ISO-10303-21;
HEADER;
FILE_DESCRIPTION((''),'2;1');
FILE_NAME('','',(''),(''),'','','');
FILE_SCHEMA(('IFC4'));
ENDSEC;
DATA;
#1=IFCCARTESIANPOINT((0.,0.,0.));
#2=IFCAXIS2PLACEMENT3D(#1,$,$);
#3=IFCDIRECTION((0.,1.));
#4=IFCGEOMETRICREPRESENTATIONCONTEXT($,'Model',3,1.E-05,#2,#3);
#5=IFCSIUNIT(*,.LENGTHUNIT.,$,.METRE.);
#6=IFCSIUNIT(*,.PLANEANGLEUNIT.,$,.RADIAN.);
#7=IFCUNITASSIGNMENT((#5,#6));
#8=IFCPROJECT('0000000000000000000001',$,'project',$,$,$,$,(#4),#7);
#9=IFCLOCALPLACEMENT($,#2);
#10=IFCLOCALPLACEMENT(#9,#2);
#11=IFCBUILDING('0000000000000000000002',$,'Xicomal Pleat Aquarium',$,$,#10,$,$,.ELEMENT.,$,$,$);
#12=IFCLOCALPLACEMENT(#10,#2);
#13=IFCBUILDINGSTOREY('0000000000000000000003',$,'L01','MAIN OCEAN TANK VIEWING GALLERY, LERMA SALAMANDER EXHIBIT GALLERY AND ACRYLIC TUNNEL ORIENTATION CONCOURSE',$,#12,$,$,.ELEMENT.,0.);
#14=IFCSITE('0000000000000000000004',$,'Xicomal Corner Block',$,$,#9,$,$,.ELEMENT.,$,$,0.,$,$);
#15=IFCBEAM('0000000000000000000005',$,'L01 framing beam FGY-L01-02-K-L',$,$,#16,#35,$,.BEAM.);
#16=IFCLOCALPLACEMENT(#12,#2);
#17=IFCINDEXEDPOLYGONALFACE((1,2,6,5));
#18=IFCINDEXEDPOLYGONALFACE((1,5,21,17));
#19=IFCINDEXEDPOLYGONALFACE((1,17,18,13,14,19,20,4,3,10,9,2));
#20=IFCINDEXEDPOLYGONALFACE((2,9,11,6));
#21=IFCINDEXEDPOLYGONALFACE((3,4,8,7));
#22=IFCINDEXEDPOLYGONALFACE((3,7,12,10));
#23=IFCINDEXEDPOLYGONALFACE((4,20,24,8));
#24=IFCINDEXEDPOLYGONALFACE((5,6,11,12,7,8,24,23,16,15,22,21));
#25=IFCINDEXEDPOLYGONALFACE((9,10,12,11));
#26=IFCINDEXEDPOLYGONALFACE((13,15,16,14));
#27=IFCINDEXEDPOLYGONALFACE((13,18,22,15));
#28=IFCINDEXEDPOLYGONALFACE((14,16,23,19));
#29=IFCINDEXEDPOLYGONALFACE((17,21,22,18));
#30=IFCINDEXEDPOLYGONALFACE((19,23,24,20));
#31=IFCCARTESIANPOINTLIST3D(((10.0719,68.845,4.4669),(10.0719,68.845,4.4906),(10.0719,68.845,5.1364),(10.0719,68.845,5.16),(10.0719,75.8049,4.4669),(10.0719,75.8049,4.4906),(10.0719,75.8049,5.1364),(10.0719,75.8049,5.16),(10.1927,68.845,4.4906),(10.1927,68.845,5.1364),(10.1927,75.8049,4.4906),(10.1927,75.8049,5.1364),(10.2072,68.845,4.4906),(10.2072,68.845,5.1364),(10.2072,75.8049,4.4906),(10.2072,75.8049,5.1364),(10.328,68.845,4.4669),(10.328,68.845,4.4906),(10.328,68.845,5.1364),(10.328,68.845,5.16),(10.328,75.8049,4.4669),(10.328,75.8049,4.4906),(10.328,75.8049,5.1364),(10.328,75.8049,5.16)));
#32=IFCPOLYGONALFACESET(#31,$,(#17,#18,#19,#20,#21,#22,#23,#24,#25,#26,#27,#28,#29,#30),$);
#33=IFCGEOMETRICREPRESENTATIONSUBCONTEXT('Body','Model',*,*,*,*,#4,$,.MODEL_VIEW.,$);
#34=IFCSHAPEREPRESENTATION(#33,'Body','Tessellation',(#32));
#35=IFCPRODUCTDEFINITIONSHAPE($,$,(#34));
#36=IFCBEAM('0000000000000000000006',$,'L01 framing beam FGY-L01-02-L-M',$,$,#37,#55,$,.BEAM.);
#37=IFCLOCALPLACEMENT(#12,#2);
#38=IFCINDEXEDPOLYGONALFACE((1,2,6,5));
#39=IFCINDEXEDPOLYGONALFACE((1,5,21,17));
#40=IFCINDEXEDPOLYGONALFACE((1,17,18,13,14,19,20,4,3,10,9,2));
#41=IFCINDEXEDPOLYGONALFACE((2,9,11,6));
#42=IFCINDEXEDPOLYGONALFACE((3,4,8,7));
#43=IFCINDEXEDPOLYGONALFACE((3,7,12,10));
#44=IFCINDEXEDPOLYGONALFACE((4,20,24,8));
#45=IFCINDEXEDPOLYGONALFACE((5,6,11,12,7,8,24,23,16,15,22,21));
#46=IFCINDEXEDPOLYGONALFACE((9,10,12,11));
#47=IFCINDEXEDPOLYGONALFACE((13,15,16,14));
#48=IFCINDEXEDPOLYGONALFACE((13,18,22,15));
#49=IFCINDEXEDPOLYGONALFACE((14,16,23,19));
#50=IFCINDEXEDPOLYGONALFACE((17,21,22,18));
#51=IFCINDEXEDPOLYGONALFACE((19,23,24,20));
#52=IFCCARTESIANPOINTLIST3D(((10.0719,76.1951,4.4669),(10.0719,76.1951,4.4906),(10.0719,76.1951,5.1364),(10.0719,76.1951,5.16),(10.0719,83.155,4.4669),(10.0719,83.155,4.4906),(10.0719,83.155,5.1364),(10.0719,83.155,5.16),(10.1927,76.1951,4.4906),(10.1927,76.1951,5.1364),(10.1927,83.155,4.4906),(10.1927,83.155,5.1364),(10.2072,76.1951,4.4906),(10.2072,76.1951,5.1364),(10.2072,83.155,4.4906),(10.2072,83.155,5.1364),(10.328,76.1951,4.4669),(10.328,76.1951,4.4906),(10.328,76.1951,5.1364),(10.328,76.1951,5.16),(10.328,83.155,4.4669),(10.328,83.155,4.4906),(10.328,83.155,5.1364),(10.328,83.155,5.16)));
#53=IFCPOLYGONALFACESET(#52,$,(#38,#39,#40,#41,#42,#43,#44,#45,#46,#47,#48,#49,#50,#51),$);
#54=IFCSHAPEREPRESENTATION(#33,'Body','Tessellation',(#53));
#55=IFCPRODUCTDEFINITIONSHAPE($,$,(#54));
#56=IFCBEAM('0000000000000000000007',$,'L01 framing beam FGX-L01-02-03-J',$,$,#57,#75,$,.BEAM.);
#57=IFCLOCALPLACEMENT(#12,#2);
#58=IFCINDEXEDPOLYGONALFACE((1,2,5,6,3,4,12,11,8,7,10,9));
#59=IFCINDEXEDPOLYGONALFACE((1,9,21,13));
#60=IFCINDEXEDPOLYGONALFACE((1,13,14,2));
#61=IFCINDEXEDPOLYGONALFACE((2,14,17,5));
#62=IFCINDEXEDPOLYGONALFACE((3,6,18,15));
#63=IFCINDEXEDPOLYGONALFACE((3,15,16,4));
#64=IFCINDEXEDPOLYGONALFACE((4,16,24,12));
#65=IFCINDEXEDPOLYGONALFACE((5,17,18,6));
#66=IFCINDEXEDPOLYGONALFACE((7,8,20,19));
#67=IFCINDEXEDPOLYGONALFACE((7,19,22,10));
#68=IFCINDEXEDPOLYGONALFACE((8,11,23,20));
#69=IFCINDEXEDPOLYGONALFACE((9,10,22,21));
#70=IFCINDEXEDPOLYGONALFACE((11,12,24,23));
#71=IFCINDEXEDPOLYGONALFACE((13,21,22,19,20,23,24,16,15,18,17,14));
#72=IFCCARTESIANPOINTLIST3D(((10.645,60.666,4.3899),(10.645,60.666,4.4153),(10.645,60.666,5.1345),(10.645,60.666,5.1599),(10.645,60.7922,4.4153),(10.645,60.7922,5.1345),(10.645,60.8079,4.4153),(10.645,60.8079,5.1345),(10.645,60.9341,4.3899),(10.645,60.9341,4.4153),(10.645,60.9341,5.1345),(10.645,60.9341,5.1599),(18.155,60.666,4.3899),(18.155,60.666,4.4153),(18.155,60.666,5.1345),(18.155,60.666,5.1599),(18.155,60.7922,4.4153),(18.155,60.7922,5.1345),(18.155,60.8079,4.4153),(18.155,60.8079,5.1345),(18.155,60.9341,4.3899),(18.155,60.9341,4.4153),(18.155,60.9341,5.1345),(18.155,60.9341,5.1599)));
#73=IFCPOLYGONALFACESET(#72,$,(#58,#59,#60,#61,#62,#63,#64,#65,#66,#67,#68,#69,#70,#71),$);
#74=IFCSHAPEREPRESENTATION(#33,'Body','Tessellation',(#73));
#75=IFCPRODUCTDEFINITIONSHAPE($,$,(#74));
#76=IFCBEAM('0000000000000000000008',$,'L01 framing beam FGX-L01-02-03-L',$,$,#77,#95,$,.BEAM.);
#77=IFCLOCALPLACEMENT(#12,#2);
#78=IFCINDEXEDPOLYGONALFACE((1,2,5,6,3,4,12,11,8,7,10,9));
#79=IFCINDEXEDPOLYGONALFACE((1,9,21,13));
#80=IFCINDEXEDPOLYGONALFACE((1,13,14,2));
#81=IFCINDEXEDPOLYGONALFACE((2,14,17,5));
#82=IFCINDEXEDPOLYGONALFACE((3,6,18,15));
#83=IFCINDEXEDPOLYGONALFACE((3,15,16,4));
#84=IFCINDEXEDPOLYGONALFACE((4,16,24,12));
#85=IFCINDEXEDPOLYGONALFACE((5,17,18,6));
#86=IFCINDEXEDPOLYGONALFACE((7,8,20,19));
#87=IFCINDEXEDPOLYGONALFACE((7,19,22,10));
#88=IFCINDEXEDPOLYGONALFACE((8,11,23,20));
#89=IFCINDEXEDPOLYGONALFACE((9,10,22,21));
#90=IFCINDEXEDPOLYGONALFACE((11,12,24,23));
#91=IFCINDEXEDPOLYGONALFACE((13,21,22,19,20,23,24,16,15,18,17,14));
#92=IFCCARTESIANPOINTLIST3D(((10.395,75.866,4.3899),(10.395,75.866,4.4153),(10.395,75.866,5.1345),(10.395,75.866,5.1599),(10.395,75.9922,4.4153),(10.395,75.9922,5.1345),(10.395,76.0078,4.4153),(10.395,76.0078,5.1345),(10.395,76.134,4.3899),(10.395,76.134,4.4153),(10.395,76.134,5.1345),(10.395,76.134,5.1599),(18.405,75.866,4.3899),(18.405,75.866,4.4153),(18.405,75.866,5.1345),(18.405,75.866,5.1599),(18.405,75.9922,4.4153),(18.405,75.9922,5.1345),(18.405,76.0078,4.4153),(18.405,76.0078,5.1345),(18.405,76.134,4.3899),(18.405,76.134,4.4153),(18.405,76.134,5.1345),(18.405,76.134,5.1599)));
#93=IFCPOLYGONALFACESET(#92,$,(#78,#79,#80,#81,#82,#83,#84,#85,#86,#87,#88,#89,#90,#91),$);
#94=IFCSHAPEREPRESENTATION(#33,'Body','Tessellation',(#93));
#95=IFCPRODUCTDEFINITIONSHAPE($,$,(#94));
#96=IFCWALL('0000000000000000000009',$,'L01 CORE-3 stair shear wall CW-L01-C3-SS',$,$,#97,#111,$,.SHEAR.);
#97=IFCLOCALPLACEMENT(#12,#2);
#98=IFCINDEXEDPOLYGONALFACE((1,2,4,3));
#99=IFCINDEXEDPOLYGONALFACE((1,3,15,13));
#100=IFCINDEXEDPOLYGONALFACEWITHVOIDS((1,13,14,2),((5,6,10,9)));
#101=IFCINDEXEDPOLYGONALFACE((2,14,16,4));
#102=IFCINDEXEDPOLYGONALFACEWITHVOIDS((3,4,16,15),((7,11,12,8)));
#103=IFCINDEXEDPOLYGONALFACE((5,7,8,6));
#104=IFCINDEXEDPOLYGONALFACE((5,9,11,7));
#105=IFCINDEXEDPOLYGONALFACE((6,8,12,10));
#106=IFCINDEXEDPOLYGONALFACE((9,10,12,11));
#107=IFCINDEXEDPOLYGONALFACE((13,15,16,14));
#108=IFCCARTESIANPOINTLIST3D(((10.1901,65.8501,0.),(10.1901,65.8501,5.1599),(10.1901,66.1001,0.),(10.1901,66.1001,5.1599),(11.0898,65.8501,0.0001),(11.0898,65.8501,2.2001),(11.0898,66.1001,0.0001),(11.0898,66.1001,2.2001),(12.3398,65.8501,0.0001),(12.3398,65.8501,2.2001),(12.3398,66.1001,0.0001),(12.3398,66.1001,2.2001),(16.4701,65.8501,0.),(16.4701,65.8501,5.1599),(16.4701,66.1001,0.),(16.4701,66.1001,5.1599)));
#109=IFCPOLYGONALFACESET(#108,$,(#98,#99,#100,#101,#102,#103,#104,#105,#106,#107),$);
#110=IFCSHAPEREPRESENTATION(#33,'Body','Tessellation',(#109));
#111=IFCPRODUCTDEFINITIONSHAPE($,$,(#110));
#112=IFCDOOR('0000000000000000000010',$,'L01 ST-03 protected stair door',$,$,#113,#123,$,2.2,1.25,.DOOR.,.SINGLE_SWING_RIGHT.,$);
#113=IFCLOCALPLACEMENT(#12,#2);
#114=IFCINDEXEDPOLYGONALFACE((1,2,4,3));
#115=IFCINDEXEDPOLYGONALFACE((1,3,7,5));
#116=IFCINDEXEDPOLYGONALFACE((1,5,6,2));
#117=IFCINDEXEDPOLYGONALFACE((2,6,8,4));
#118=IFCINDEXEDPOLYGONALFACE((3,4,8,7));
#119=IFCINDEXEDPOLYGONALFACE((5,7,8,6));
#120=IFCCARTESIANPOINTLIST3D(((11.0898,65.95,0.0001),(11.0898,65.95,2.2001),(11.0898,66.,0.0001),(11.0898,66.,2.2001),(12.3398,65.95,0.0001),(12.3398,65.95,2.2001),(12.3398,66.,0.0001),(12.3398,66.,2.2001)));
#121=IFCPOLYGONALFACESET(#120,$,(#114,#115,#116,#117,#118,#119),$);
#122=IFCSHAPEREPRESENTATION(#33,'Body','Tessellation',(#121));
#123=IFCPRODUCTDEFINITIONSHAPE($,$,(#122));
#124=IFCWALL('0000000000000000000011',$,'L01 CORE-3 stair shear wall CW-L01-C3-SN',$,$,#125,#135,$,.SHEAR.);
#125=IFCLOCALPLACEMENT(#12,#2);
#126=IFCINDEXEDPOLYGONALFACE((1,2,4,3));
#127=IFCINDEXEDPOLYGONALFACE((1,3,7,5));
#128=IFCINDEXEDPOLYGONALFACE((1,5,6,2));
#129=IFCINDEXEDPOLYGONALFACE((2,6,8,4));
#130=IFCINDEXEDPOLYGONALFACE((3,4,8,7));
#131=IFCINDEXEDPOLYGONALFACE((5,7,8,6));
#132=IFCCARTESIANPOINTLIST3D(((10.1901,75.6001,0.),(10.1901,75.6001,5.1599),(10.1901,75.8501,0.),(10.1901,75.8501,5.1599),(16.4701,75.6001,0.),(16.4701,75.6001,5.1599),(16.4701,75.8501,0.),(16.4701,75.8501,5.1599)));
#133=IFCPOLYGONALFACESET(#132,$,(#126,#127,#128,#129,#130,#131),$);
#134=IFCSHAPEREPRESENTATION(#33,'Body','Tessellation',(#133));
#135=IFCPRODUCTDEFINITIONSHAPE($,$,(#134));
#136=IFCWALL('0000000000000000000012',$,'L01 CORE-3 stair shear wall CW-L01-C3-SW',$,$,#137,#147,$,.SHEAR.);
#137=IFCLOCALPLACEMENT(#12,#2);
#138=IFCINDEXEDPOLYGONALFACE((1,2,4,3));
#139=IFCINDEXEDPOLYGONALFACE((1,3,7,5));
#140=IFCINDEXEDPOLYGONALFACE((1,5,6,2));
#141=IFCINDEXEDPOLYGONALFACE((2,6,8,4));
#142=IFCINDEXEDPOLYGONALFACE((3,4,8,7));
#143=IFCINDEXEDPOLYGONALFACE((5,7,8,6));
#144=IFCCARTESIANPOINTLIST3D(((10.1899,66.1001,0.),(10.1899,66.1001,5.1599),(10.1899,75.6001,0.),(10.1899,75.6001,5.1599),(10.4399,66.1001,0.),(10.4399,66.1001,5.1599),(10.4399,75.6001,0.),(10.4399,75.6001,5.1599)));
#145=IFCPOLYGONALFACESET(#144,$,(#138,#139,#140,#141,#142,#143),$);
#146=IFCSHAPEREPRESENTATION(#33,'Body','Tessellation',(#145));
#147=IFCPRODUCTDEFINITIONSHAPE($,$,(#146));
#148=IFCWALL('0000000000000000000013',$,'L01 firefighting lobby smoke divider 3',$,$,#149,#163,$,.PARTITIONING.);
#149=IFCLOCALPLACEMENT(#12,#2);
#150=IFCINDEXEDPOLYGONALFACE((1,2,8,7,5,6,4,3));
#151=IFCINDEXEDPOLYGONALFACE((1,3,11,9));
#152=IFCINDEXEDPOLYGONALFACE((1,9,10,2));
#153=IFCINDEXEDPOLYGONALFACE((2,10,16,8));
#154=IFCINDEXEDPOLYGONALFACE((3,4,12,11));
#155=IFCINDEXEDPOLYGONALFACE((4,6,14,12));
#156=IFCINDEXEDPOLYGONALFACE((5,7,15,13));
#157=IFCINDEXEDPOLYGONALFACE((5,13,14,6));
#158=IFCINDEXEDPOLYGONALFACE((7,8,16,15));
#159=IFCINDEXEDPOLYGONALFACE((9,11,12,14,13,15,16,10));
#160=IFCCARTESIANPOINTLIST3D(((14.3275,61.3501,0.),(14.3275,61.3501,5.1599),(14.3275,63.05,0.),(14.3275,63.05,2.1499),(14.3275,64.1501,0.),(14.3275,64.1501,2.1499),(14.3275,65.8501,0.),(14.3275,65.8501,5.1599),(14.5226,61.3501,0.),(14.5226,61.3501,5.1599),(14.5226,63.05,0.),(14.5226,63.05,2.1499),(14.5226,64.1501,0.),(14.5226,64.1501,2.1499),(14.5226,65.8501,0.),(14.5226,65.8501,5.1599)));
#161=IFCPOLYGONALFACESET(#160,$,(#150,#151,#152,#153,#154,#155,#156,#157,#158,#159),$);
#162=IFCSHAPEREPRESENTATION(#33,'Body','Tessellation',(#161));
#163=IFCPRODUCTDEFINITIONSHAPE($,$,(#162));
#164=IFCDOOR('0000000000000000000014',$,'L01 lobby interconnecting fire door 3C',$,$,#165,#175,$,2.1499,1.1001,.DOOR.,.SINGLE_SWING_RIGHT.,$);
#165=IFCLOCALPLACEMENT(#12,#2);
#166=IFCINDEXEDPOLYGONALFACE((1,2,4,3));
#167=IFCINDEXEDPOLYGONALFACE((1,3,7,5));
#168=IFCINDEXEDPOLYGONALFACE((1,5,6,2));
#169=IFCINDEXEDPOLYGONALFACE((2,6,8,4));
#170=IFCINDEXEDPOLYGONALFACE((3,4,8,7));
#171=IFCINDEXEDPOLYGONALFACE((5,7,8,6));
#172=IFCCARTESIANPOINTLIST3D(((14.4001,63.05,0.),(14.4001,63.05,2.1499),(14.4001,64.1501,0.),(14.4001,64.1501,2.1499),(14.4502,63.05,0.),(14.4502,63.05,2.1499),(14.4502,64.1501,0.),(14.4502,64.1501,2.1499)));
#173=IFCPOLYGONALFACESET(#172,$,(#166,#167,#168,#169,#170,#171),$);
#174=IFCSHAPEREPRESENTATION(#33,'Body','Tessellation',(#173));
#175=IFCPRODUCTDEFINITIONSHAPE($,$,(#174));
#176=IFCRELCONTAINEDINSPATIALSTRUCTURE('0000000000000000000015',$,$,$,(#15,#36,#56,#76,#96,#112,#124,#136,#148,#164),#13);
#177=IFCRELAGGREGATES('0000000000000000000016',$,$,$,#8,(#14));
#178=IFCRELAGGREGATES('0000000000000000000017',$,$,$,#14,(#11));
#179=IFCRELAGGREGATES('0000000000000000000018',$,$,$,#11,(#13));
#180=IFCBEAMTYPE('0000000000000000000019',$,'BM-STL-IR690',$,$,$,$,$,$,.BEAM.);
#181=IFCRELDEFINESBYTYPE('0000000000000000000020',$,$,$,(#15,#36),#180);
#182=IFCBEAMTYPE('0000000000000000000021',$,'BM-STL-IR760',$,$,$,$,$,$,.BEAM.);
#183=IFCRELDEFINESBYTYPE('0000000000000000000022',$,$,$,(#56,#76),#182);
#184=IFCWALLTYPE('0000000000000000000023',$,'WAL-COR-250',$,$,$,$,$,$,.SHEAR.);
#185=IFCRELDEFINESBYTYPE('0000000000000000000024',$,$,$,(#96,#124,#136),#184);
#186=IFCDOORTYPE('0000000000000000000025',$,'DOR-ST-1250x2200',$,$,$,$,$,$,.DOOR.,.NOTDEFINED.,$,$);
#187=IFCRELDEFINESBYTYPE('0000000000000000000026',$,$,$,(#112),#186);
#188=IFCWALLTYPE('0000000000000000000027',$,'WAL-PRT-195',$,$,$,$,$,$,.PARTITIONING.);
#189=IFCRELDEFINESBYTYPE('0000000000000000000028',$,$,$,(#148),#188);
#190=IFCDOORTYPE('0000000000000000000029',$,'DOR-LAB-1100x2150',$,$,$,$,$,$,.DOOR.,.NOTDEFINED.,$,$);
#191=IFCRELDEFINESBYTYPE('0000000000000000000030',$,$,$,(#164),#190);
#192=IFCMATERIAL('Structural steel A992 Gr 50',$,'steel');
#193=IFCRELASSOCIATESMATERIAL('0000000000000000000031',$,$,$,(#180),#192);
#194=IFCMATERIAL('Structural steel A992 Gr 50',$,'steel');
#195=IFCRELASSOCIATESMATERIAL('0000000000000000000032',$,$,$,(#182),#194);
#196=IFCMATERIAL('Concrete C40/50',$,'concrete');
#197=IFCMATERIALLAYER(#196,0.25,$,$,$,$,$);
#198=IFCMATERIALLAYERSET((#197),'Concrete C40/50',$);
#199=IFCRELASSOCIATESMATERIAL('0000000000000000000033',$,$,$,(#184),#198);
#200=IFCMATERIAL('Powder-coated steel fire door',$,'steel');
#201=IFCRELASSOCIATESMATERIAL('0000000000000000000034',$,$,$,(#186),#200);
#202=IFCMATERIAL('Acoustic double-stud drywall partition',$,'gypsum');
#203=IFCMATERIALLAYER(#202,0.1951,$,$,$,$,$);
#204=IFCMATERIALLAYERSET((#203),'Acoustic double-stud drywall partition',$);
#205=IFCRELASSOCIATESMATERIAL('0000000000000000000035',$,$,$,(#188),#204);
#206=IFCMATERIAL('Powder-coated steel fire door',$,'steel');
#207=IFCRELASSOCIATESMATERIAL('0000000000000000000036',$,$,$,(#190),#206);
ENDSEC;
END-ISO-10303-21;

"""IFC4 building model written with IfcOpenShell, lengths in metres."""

from ifc_helpers import new_model, si_unit, direction, frame, frame_2d, origin, origin_2d, place, context, subcontext, project, spatial, rectangle, i_section, extrude, material, layer, layer_set, material_profile, profile_set, type_object, element, fill, save


model = new_model("IFC4")

# Units and contexts
model_context = context("Model", 3, precision=1e-05, world=origin(), true_north=direction((0.0, 1.0)))
body_context = subcontext(model_context, "Body", "Model", "MODEL_VIEW")
ifc_project = project(units=[si_unit("LENGTHUNIT", "METRE"), si_unit("PLANEANGLEUNIT", "RADIAN")], contexts=[model_context])

# Site, building, storey
site_placement = place(None, origin())
site = spatial("IfcSite", under=ifc_project, at=site_placement, Name="Xicomal Corner Block", CompositionType="ELEMENT", RefElevation=0.0)
building_placement = place(site_placement, origin())
building = spatial("IfcBuilding", under=site, at=building_placement, Name="Xicomal Pleat Aquarium", CompositionType="ELEMENT")
storey_placement = place(building_placement, origin())
storey = spatial("IfcBuildingStorey", under=building, at=storey_placement, Name="L01", Description="MAIN OCEAN TANK VIEWING GALLERY, LERMA SALAMANDER EXHIBIT GALLERY AND ACRYLIC TUNNEL ORIENTATION CONCOURSE", CompositionType="ELEMENT", Elevation=0.0)

# Beams
ifc_material_1 = material(Name="Structural steel A992 Gr 50", Category="steel")
ifc_material_profile_1 = material_profile(ifc_material_1, i_section(OverallWidth=0.2561, OverallDepth=0.6931, WebThickness=0.0144, FlangeThickness=0.0237, at=origin_2d()), Name="IR 690x170")
ifc_profile_set_1 = profile_set([ifc_material_profile_1], Name="Structural steel A992 Gr 50")
beam_type_1 = type_object("IfcBeamType", Name="BM-STL-IR690", PredefinedType="BEAM", material=ifc_profile_set_1)
for number, where, z_axis, x_axis, name in (
    (1, (10.2, 68.845, 4.8135), (0.0, 1.0, 0.0), (-1.0, 0.0, 0.0), "L01 framing beam FGY-L01-02-K-L"),
    (2, (10.2, 76.1951, 4.8135), (0.0, 1.0, 0.0), (-1.0, 0.0, 0.0), "L01 framing beam FGY-L01-02-L-M"),
):
    element("IfcBeam", number, at=place(storey_placement, frame(where, z_axis=z_axis, x_axis=x_axis)), inside=storey, type_object=beam_type_1, Name=name, PredefinedType="BEAM", context=body_context, shape_type="SweptSolid", body=[
        extrude(i_section(OverallWidth=0.2561, OverallDepth=0.6931, WebThickness=0.0144, FlangeThickness=0.0237, at=origin_2d()), origin(), (0.0, 0.0, 1.0), 6.96),
    ])
ifc_material_2 = material(Name="Structural steel A992 Gr 50", Category="steel")
ifc_material_profile_2 = material_profile(ifc_material_2, i_section(OverallWidth=0.2681, OverallDepth=0.77, WebThickness=0.0156, FlangeThickness=0.0254, at=origin_2d()), Name="IR 760x196")
ifc_profile_set_2 = profile_set([ifc_material_profile_2], Name="Structural steel A992 Gr 50")
beam_type_2 = type_object("IfcBeamType", Name="BM-STL-IR760", PredefinedType="BEAM", material=ifc_profile_set_2)
beam_1_placement = place(storey_placement, frame((10.645, 60.8, 4.7749), z_axis=(1.0, 0.0, 0.0), x_axis=(0.0, 1.0, 0.0)))
element("IfcBeam", 3, at=beam_1_placement, inside=storey, type_object=beam_type_2, Name="L01 framing beam FGX-L01-02-03-J", PredefinedType="BEAM", context=body_context, shape_type="SweptSolid", body=[
    extrude(i_section(OverallWidth=0.2681, OverallDepth=0.77, WebThickness=0.0156, FlangeThickness=0.0254, at=origin_2d()), origin(), (0.0, 0.0, 1.0), 7.51),
])
beam_2_placement = place(storey_placement, frame((10.395, 76.0, 4.7749), z_axis=(1.0, 0.0, 0.0), x_axis=(0.0, 1.0, 0.0)))
element("IfcBeam", 4, at=beam_2_placement, inside=storey, type_object=beam_type_2, Name="L01 framing beam FGX-L01-02-03-L", PredefinedType="BEAM", context=body_context, shape_type="SweptSolid", body=[
    extrude(i_section(OverallWidth=0.2681, OverallDepth=0.77, WebThickness=0.0156, FlangeThickness=0.0254, at=origin_2d()), origin(), (0.0, 0.0, 1.0), 8.01),
])

# Wall, opening, door
ifc_material_3 = material(Name="Concrete C40/50", Category="concrete")
ifc_layer_1 = layer(ifc_material_3, 0.25)
ifc_layer_set_1 = layer_set([ifc_layer_1], Name="Concrete C40/50")
wall_type_1 = type_object("IfcWallType", Name="WAL-COR-250", PredefinedType="SHEAR", material=ifc_layer_set_1)
wall_1_placement = place(storey_placement, frame((10.1899, 65.9751, 0.0), z_axis=(0.0, 0.0, 1.0), x_axis=(1.0, 0.0, 0.0)))
wall_1 = element("IfcWall", 5, at=wall_1_placement, inside=storey, type_object=wall_type_1, Name="L01 CORE-3 stair shear wall CW-L01-C3-SS", PredefinedType="SHEAR", context=body_context, shape_type="SweptSolid", body=[
    extrude(rectangle(XDim=6.28, YDim=0.25, at=frame_2d((3.1401, 0.0))), origin(), (0.0, 0.0, 1.0), 5.1599),
])
opening_1_placement = place(wall_1_placement, frame((0.8999, 0.0, 0.0)))
opening_1 = element("IfcOpeningElement", 6, at=opening_1_placement, cuts=wall_1, PredefinedType="OPENING", context=body_context, shape_type="SweptSolid", body=[
    extrude(rectangle(XDim=1.25, YDim=2.2, at=frame_2d((0.625, 1.1001))), frame((0.0, 0.135, 0.0), z_axis=(0.0, -1.0, 0.0), x_axis=(1.0, 0.0, 0.0)), (0.0, 0.0, 1.0), 0.27),
])
ifc_material_4 = material(Name="Powder-coated steel fire door", Category="steel")
door_type_1 = type_object("IfcDoorType", Name="DOR-ST-1250x2200", OperationType="NOTDEFINED", PredefinedType="DOOR", material=ifc_material_4)
door_1_placement = place(opening_1_placement, origin())
door_1 = element("IfcDoor", 7, at=door_1_placement, inside=storey, type_object=door_type_1, Name="L01 ST-03 protected stair door", OperationType="SINGLE_SWING_RIGHT", OverallHeight=2.2, OverallWidth=1.25, PredefinedType="DOOR", context=body_context, shape_type="SweptSolid", body=[
    extrude(rectangle(XDim=1.25, YDim=2.2, at=frame_2d((0.625, 1.1001))), frame((0.0, 0.0249, 0.0), z_axis=(0.0, -1.0, 0.0), x_axis=(1.0, 0.0, 0.0)), (0.0, 0.0, 1.0), 0.05),
])
fill(opening_1, door_1)

# Walls
wall_2_placement = place(storey_placement, frame((10.1899, 75.7251, 0.0), z_axis=(0.0, 0.0, 1.0), x_axis=(1.0, 0.0, 0.0)))
element("IfcWall", 8, at=wall_2_placement, inside=storey, type_object=wall_type_1, Name="L01 CORE-3 stair shear wall CW-L01-C3-SN", PredefinedType="SHEAR", context=body_context, shape_type="SweptSolid", body=[
    extrude(rectangle(XDim=6.28, YDim=0.25, at=frame_2d((3.1401, 0.0))), origin(), (0.0, 0.0, 1.0), 5.1599),
])
wall_3_placement = place(storey_placement, frame((10.3149, 66.1001, 0.0), z_axis=(0.0, 0.0, 1.0), x_axis=(0.0, 1.0, 0.0)))
element("IfcWall", 9, at=wall_3_placement, inside=storey, type_object=wall_type_1, Name="L01 CORE-3 stair shear wall CW-L01-C3-SW", PredefinedType="SHEAR", context=body_context, shape_type="SweptSolid", body=[
    extrude(rectangle(XDim=9.5, YDim=0.25, at=frame_2d((4.75, 0.0))), origin(), (0.0, 0.0, 1.0), 5.1599),
])

# Wall, opening, door
ifc_material_5 = material(Name="Acoustic double-stud drywall partition", Category="gypsum")
ifc_layer_2 = layer(ifc_material_5, 0.1951)
ifc_layer_set_2 = layer_set([ifc_layer_2], Name="Acoustic double-stud drywall partition")
wall_type_2 = type_object("IfcWallType", Name="WAL-PRT-195", PredefinedType="PARTITIONING", material=ifc_layer_set_2)
wall_4_placement = place(storey_placement, frame((14.425, 61.3501, 0.0), z_axis=(0.0, 0.0, 1.0), x_axis=(0.0, 1.0, 0.0)))
wall_4 = element("IfcWall", 10, at=wall_4_placement, inside=storey, type_object=wall_type_2, Name="L01 firefighting lobby smoke divider 3", PredefinedType="PARTITIONING", context=body_context, shape_type="SweptSolid", body=[
    extrude(rectangle(XDim=4.5, YDim=0.1951, at=frame_2d((2.25, 0.0))), origin(), (0.0, 0.0, 1.0), 5.1599),
])
opening_2_placement = place(wall_4_placement, frame((1.7, 0.0, 0.0)))
opening_2 = element("IfcOpeningElement", 11, at=opening_2_placement, cuts=wall_4, PredefinedType="OPENING", context=body_context, shape_type="SweptSolid", body=[
    extrude(rectangle(XDim=1.1001, YDim=2.1499, at=frame_2d((0.55, 1.075))), frame((0.0, 0.1074, 0.0), z_axis=(0.0, -1.0, 0.0), x_axis=(1.0, 0.0, 0.0)), (0.0, 0.0, 1.0), 0.2151),
])
ifc_material_6 = material(Name="Powder-coated steel fire door", Category="steel")
door_type_2 = type_object("IfcDoorType", Name="DOR-LAB-1100x2150", OperationType="NOTDEFINED", PredefinedType="DOOR", material=ifc_material_6)
door_2_placement = place(opening_2_placement, origin())
door_2 = element("IfcDoor", 12, at=door_2_placement, inside=storey, type_object=door_type_2, Name="L01 lobby interconnecting fire door 3C", OperationType="SINGLE_SWING_RIGHT", OverallHeight=2.1499, OverallWidth=1.1001, PredefinedType="DOOR", context=body_context, shape_type="SweptSolid", body=[
    extrude(rectangle(XDim=1.1001, YDim=2.1499, at=frame_2d((0.55, 1.075))), frame((0.0, 0.0249, 0.0), z_axis=(0.0, -1.0, 0.0), x_axis=(1.0, 0.0, 0.0)), (0.0, 0.0, 1.0), 0.05),
])
fill(opening_2, door_2)

save(model, "model.ifc")
